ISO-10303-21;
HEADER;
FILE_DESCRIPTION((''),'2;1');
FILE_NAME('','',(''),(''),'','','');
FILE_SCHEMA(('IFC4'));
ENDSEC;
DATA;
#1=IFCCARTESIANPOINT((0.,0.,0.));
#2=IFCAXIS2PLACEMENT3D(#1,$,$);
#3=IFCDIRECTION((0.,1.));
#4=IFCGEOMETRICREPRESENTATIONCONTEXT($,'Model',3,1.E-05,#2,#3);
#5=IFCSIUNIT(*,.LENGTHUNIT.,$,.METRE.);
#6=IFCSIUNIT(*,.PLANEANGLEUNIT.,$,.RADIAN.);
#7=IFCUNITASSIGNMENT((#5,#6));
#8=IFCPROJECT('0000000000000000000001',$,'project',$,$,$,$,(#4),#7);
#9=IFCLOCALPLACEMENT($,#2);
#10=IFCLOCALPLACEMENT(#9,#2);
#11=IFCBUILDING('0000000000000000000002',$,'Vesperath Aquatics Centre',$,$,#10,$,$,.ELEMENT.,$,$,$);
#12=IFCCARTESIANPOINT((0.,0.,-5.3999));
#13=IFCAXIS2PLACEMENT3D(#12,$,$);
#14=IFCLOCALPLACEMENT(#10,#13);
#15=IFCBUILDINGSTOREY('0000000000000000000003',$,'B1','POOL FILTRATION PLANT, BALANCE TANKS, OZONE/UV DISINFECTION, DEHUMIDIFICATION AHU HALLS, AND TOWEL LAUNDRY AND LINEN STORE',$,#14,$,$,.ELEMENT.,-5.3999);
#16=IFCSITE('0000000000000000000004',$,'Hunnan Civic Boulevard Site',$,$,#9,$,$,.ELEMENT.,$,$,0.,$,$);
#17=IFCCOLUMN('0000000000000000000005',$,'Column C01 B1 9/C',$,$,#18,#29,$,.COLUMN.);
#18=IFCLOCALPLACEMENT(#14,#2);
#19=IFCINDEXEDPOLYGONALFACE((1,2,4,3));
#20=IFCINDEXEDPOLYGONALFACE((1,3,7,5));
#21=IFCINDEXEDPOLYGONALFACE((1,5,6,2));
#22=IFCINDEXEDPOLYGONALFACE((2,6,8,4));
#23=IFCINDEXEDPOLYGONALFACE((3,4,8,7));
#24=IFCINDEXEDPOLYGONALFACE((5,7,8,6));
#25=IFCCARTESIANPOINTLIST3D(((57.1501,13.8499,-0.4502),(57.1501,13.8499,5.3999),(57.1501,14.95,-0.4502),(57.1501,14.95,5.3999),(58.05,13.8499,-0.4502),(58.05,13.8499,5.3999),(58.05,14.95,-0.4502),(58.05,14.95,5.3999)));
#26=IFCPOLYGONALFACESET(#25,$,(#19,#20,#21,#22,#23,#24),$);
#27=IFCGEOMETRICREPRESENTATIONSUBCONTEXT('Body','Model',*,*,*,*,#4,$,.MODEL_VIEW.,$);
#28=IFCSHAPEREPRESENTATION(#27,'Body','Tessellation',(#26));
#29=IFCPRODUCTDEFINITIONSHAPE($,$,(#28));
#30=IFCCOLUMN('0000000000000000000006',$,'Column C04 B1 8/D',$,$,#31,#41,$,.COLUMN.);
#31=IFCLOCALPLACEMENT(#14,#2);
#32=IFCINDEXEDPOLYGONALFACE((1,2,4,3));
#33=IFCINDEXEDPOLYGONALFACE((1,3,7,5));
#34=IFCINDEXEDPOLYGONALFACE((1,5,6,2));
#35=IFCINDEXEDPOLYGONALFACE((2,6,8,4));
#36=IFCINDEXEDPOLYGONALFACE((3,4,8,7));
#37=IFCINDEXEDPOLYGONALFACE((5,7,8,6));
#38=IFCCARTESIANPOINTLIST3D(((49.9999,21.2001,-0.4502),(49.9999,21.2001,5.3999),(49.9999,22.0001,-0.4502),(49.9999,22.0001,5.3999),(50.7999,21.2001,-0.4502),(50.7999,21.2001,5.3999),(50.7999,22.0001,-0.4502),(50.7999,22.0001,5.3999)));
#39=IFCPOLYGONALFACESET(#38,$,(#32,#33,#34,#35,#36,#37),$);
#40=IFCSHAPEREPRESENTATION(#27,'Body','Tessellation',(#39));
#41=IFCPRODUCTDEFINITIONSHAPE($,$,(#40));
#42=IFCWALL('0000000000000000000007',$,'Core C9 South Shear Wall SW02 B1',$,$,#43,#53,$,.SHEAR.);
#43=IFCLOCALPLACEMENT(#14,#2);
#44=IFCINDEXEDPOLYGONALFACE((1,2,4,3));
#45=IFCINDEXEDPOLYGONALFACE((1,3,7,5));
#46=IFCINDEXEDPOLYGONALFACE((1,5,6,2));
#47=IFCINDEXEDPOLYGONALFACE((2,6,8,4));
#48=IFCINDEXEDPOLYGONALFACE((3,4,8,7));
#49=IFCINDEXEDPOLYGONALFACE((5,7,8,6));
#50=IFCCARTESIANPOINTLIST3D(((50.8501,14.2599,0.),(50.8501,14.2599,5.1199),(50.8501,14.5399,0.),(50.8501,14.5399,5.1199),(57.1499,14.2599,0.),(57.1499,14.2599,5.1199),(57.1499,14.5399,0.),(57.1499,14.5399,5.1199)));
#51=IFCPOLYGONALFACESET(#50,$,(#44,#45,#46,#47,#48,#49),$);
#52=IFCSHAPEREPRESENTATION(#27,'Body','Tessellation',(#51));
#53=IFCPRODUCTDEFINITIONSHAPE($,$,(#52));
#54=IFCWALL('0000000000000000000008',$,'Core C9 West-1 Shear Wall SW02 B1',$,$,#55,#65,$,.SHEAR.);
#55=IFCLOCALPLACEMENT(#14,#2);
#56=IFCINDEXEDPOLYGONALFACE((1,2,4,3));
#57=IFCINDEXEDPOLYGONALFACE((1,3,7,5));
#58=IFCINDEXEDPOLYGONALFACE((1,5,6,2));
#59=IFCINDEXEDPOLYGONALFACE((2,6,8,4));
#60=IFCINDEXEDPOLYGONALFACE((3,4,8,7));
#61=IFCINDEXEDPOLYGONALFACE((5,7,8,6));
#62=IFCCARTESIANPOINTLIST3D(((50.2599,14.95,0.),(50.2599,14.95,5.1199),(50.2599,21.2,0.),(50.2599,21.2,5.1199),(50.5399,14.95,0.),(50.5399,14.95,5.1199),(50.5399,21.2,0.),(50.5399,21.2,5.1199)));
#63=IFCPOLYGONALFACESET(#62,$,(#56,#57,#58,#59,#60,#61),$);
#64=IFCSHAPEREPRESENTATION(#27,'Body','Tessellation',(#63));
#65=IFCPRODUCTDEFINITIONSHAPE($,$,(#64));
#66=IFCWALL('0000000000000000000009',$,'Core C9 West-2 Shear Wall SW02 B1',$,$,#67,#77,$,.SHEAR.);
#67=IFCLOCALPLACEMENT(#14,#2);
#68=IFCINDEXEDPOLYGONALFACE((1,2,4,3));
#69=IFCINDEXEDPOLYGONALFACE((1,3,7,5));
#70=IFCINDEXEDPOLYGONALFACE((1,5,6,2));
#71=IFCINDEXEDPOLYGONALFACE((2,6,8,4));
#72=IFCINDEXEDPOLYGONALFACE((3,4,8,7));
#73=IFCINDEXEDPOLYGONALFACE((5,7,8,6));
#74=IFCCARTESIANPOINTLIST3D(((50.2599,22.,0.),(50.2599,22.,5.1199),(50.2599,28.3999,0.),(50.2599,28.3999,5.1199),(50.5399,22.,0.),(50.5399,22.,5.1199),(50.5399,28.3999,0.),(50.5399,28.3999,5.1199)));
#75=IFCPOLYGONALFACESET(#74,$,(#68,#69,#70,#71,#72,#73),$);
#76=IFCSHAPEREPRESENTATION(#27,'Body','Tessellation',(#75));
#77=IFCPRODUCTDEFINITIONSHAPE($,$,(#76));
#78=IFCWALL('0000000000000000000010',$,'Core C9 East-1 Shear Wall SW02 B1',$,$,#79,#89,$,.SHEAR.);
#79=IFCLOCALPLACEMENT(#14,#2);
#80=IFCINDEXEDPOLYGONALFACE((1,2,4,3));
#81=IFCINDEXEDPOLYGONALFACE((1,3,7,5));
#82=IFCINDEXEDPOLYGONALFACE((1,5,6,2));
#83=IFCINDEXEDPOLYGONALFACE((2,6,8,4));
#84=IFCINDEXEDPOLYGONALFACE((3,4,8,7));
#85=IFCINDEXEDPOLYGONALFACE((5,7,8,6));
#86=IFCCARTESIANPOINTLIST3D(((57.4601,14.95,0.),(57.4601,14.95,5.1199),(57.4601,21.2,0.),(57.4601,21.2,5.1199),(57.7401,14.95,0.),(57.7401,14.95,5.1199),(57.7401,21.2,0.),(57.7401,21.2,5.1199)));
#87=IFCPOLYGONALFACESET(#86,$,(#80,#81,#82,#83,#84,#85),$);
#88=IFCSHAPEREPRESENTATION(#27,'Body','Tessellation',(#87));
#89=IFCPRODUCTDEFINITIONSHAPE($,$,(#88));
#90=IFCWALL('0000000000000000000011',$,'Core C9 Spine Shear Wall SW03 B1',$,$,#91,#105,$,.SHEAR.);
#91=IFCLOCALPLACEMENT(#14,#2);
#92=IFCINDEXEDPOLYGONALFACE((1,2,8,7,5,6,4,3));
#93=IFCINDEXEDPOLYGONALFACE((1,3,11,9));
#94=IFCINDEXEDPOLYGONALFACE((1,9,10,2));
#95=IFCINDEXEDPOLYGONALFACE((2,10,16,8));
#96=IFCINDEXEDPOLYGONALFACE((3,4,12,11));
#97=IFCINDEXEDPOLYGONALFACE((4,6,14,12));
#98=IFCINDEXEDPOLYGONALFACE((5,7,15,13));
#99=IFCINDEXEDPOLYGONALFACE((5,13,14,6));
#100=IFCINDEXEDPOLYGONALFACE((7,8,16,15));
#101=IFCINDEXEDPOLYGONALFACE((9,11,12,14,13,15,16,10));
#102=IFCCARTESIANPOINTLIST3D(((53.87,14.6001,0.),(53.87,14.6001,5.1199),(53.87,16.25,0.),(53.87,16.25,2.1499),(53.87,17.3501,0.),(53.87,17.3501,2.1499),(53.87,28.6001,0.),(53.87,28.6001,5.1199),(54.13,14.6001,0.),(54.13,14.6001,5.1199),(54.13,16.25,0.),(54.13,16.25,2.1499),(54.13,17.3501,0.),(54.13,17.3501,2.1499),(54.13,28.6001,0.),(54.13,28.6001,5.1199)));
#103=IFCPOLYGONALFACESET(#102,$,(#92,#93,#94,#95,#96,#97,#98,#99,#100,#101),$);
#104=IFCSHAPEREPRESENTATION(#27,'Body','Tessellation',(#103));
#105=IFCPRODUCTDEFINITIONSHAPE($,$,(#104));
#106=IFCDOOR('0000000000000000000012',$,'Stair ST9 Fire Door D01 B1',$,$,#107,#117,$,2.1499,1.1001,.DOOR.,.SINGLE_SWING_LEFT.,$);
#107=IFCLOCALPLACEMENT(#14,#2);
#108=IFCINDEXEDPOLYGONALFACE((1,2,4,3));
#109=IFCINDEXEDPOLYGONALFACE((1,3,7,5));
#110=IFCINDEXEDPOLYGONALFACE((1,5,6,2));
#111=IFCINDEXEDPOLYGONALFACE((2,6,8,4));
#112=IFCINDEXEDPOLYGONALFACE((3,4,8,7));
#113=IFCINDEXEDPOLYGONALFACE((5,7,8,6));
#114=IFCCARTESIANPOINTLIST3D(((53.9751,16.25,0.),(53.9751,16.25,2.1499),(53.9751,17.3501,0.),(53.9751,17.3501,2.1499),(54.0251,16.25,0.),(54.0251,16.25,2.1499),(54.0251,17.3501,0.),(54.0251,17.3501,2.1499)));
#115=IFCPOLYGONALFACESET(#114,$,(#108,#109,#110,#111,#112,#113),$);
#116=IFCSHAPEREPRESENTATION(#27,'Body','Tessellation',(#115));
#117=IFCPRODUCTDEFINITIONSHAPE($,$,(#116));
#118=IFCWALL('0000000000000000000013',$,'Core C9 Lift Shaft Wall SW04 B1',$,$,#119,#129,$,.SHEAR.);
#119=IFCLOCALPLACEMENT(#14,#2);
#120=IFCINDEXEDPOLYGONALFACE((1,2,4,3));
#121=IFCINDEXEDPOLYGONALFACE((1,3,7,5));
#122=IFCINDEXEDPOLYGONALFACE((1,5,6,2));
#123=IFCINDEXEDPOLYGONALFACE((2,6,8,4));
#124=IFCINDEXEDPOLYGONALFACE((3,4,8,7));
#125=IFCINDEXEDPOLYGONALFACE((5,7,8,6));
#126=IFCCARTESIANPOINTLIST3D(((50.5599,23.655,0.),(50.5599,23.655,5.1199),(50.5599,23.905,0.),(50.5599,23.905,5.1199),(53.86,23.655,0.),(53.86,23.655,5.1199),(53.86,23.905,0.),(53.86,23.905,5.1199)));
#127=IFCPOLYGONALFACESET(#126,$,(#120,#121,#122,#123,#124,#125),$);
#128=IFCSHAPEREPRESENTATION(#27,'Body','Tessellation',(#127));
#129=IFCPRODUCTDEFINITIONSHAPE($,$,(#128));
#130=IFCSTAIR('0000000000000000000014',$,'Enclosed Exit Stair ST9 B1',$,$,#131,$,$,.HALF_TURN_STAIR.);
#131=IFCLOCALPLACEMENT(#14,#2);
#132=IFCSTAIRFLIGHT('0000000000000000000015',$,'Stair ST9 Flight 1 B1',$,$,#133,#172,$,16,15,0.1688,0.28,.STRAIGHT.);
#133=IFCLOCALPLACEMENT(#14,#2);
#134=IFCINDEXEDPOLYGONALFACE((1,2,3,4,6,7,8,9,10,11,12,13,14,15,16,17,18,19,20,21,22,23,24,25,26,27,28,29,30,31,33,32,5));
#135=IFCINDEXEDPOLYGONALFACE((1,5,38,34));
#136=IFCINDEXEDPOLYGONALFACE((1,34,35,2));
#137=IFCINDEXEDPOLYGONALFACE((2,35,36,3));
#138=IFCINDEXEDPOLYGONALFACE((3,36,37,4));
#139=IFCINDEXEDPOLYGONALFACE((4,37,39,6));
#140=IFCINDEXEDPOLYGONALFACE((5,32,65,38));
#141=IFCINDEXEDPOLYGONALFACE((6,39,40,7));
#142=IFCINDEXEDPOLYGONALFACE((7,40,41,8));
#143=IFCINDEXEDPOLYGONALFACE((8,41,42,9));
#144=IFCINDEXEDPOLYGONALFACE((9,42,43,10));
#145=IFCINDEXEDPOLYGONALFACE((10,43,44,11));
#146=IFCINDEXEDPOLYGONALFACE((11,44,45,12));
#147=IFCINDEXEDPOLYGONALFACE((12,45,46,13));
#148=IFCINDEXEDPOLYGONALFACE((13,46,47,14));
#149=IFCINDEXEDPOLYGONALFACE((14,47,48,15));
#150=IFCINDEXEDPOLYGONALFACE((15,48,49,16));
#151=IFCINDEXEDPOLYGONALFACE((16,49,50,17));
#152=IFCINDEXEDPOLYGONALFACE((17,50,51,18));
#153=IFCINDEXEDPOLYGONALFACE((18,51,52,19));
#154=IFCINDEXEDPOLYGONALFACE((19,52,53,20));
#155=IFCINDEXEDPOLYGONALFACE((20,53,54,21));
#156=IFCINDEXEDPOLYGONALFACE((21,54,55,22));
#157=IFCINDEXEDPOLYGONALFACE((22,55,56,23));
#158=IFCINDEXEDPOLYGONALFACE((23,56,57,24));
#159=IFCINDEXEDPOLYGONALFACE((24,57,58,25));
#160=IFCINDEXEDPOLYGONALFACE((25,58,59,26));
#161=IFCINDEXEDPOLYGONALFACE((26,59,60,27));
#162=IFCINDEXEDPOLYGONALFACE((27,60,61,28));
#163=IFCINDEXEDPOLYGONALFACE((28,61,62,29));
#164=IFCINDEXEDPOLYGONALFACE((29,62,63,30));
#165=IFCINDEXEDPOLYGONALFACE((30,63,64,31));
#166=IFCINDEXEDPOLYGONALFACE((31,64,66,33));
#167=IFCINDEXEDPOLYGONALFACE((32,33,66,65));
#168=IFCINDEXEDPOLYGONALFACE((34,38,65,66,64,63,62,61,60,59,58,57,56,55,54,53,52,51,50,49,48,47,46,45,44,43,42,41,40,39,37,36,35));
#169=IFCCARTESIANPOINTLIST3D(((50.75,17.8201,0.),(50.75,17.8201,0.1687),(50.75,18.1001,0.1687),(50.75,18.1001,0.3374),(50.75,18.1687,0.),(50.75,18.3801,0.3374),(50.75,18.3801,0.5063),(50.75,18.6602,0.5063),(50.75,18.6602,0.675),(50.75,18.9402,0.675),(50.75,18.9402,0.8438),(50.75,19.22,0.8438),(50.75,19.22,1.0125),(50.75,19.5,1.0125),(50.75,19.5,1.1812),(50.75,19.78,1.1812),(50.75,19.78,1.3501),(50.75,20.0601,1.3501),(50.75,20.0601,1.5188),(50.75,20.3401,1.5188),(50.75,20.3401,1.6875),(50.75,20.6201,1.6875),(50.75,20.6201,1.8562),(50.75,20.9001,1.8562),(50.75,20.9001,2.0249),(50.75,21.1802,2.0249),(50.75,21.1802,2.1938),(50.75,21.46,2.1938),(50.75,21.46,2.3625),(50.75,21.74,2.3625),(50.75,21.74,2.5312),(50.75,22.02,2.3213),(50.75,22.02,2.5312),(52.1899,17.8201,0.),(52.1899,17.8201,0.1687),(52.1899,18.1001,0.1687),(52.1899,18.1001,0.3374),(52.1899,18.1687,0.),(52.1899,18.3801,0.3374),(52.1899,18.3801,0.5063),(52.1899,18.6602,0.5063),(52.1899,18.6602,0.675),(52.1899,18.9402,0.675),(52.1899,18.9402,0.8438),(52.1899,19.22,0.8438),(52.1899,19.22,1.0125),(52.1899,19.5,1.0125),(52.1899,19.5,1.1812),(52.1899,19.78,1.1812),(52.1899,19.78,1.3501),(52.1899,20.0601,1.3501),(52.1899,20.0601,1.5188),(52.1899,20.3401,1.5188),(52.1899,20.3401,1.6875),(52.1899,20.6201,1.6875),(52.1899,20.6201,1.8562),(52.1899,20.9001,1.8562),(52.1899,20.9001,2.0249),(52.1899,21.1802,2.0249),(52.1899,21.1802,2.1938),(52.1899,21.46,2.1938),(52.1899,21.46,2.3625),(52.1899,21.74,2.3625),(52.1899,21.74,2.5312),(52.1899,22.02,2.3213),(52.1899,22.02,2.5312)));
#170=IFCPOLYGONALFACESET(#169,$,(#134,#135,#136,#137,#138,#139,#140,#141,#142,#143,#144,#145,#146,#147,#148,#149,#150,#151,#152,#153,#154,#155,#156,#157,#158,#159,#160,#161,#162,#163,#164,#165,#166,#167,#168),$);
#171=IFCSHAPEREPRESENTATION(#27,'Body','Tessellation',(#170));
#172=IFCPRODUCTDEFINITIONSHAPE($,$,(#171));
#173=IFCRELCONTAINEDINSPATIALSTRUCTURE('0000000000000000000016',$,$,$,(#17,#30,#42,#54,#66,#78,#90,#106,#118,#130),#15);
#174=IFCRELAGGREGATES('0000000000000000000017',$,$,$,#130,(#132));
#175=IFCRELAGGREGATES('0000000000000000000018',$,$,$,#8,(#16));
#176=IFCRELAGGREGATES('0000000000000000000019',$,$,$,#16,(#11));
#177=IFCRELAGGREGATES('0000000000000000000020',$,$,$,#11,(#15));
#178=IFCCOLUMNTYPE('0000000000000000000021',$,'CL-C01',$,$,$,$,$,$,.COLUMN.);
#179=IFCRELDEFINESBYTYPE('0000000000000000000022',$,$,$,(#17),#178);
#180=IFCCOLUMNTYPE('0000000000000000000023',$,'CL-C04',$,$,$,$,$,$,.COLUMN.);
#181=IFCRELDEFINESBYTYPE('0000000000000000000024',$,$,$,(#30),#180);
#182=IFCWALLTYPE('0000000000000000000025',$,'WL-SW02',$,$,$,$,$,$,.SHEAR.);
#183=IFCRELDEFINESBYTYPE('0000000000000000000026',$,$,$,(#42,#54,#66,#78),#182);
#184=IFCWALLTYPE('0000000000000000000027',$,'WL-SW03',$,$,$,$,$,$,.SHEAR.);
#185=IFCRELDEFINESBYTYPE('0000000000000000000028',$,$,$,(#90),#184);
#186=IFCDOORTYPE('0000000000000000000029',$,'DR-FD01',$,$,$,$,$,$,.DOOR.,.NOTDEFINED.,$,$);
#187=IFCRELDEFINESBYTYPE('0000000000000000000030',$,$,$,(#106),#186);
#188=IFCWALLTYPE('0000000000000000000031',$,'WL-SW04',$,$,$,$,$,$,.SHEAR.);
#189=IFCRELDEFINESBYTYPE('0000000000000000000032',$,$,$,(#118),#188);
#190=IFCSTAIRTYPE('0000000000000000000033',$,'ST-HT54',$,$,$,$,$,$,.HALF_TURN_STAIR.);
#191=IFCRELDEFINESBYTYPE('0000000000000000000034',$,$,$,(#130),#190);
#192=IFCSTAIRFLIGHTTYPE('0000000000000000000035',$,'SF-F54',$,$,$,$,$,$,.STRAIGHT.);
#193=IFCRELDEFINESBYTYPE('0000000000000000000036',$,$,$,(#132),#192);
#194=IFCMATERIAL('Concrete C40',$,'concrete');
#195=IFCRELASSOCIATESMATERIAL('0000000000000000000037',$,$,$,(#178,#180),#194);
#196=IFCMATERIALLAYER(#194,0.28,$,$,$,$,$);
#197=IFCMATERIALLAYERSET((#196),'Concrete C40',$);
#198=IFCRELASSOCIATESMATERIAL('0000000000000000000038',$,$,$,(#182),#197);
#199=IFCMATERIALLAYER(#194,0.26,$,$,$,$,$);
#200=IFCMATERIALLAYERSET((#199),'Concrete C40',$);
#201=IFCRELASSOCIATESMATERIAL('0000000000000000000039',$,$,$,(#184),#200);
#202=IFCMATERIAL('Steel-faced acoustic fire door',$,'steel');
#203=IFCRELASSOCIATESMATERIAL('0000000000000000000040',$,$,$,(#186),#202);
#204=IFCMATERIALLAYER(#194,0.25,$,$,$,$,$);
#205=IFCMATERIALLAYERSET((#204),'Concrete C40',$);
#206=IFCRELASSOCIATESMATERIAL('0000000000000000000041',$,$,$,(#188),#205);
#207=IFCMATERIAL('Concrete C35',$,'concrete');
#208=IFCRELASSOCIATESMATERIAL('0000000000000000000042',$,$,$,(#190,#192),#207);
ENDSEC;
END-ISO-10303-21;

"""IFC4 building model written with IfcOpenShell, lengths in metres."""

from ifc_helpers import new_model, si_unit, direction, frame, frame_2d, origin, origin_2d, place, context, subcontext, project, spatial, polyline, rectangle, outline, extrude, material, layer, layer_set, material_profile, profile_set, type_object, element, fill, aggregate, save


model = new_model("IFC4")

# Units and contexts
model_context = context("Model", 3, precision=1e-05, world=origin(), true_north=direction((0.0, 1.0)))
body_context = subcontext(model_context, "Body", "Model", "MODEL_VIEW")
ifc_project = project(units=[si_unit("LENGTHUNIT", "METRE"), si_unit("PLANEANGLEUNIT", "RADIAN")], contexts=[model_context])

# Site, building, storey
site_placement = place(None, origin())
site = spatial("IfcSite", under=ifc_project, at=site_placement, Name="Hunnan Civic Boulevard Site", CompositionType="ELEMENT", RefElevation=0.0)
building_placement = place(site_placement, origin())
building = spatial("IfcBuilding", under=site, at=building_placement, Name="Vesperath Aquatics Centre", CompositionType="ELEMENT")
storey_placement = place(building_placement, frame((0.0, 0.0, -5.3999)))
storey = spatial("IfcBuildingStorey", under=building, at=storey_placement, Name="B1", Description="POOL FILTRATION PLANT, BALANCE TANKS, OZONE/UV DISINFECTION, DEHUMIDIFICATION AHU HALLS, AND TOWEL LAUNDRY AND LINEN STORE", CompositionType="ELEMENT", Elevation=-5.3999)

# Shared definitions
ifc_material_1 = material(Name="Concrete C40", Category="concrete")

# Shared definitions
ifc_material_2 = material(Name="Concrete C35", Category="concrete")

# Columns
ifc_material_profile_1 = material_profile(ifc_material_1, rectangle(XDim=0.8999, YDim=1.1001, at=origin_2d()), Name="RC 1100x900")
ifc_profile_set_1 = profile_set([ifc_material_profile_1], Name="Concrete C40")
column_type_1 = type_object("IfcColumnType", Name="CL-C01", PredefinedType="COLUMN", material=ifc_profile_set_1)
for number, where, z_axis, x_axis, name in (
    (1, (57.6001, 14.3999, -0.4502), (0.0, 0.0, 1.0), (1.0, 0.0, 0.0), "Column C01 B1 9/C"),
):
    element("IfcColumn", number, at=place(storey_placement, frame(where, z_axis=z_axis, x_axis=x_axis)), inside=storey, type_object=column_type_1, Name=name, PredefinedType="COLUMN", context=body_context, shape_type="SweptSolid", body=[
        extrude(rectangle(XDim=0.8999, YDim=1.1001, at=origin_2d()), origin(), (0.0, 0.0, 1.0), 5.8501),
    ])
ifc_material_profile_2 = material_profile(ifc_material_1, rectangle(XDim=0.8, YDim=0.8, at=origin_2d()), Name="RC 800x800")
ifc_profile_set_2 = profile_set([ifc_material_profile_2], Name="Concrete C40")
column_type_2 = type_object("IfcColumnType", Name="CL-C04", PredefinedType="COLUMN", material=ifc_profile_set_2)
column_placement = place(storey_placement, frame((50.3999, 21.6001, -0.4502), z_axis=(0.0, 0.0, 1.0), x_axis=(1.0, 0.0, 0.0)))
element("IfcColumn", 2, at=column_placement, inside=storey, type_object=column_type_2, Name="Column C04 B1 8/D", PredefinedType="COLUMN", context=body_context, shape_type="SweptSolid", body=[
    extrude(rectangle(XDim=0.8, YDim=0.8, at=origin_2d()), origin(), (0.0, 0.0, 1.0), 5.8501),
])

# Walls
ifc_layer_1 = layer(ifc_material_1, 0.28)
ifc_layer_set_1 = layer_set([ifc_layer_1], Name="Concrete C40")
wall_type_1 = type_object("IfcWallType", Name="WL-SW02", PredefinedType="SHEAR", material=ifc_layer_set_1)
wall_1_placement = place(storey_placement, frame((50.8501, 14.3999, 0.0), z_axis=(0.0, 0.0, 1.0), x_axis=(1.0, 0.0, 0.0)))
element("IfcWall", 3, at=wall_1_placement, inside=storey, type_object=wall_type_1, Name="Core C9 South Shear Wall SW02 B1", PredefinedType="SHEAR", context=body_context, shape_type="SweptSolid", body=[
    extrude(rectangle(XDim=6.2998, YDim=0.28, at=frame_2d((3.1499, 0.0))), origin(), (0.0, 0.0, 1.0), 5.1199),
])
wall_2_placement = place(storey_placement, frame((50.3999, 14.95, 0.0), z_axis=(0.0, 0.0, 1.0), x_axis=(0.0, 1.0, 0.0)))
element("IfcWall", 4, at=wall_2_placement, inside=storey, type_object=wall_type_1, Name="Core C9 West-1 Shear Wall SW02 B1", PredefinedType="SHEAR", context=body_context, shape_type="SweptSolid", body=[
    extrude(rectangle(XDim=6.25, YDim=0.28, at=frame_2d((3.125, 0.0))), origin(), (0.0, 0.0, 1.0), 5.1199),
])
wall_3_placement = place(storey_placement, frame((50.3999, 22.0, 0.0), z_axis=(0.0, 0.0, 1.0), x_axis=(0.0, 1.0, 0.0)))
element("IfcWall", 5, at=wall_3_placement, inside=storey, type_object=wall_type_1, Name="Core C9 West-2 Shear Wall SW02 B1", PredefinedType="SHEAR", context=body_context, shape_type="SweptSolid", body=[
    extrude(rectangle(XDim=6.3999, YDim=0.28, at=frame_2d((3.2, 0.0))), origin(), (0.0, 0.0, 1.0), 5.1199),
])
wall_4_placement = place(storey_placement, frame((57.6001, 14.95, 0.0), z_axis=(0.0, 0.0, 1.0), x_axis=(0.0, 1.0, 0.0)))
element("IfcWall", 6, at=wall_4_placement, inside=storey, type_object=wall_type_1, Name="Core C9 East-1 Shear Wall SW02 B1", PredefinedType="SHEAR", context=body_context, shape_type="SweptSolid", body=[
    extrude(rectangle(XDim=6.25, YDim=0.28, at=frame_2d((3.125, 0.0))), origin(), (0.0, 0.0, 1.0), 5.1199),
])

# Wall, opening, door
ifc_layer_2 = layer(ifc_material_1, 0.26)
ifc_layer_set_2 = layer_set([ifc_layer_2], Name="Concrete C40")
wall_type_2 = type_object("IfcWallType", Name="WL-SW03", PredefinedType="SHEAR", material=ifc_layer_set_2)
wall_5_placement = place(storey_placement, frame((54.0, 14.6001, 0.0), z_axis=(0.0, 0.0, 1.0), x_axis=(0.0, 1.0, 0.0)))
wall_5 = element("IfcWall", 7, at=wall_5_placement, inside=storey, type_object=wall_type_2, Name="Core C9 Spine Shear Wall SW03 B1", PredefinedType="SHEAR", context=body_context, shape_type="SweptSolid", body=[
    extrude(rectangle(XDim=14.0, YDim=0.26, at=frame_2d((7.0, 0.0))), origin(), (0.0, 0.0, 1.0), 5.1199),
])
opening_placement = place(wall_5_placement, frame((1.6499, 0.0, 0.0)))
opening = element("IfcOpeningElement", 8, at=opening_placement, cuts=wall_5, PredefinedType="OPENING", context=body_context, shape_type="SweptSolid", body=[
    extrude(rectangle(XDim=1.1001, YDim=2.1499, at=frame_2d((0.55, 1.075))), frame((0.0, 0.145, 0.0), z_axis=(0.0, -1.0, 0.0), x_axis=(1.0, 0.0, 0.0)), (0.0, 0.0, 1.0), 0.2898),
])
ifc_material_3 = material(Name="Steel-faced acoustic fire door", Category="steel")
door_type = type_object("IfcDoorType", Name="DR-FD01", OperationType="NOTDEFINED", PredefinedType="DOOR", material=ifc_material_3)
door_placement = place(opening_placement, origin())
door = element("IfcDoor", 9, at=door_placement, inside=storey, type_object=door_type, Name="Stair ST9 Fire Door D01 B1", OperationType="SINGLE_SWING_LEFT", OverallHeight=2.1499, OverallWidth=1.1001, PredefinedType="DOOR", context=body_context, shape_type="SweptSolid", body=[
    extrude(rectangle(XDim=1.1001, YDim=2.1499, at=frame_2d((0.55, 1.075))), frame((0.0, 0.0249, 0.0), z_axis=(0.0, -1.0, 0.0), x_axis=(1.0, 0.0, 0.0)), (0.0, 0.0, 1.0), 0.05),
])
fill(opening, door)

# Wall
ifc_layer_3 = layer(ifc_material_1, 0.25)
ifc_layer_set_3 = layer_set([ifc_layer_3], Name="Concrete C40")
wall_type_3 = type_object("IfcWallType", Name="WL-SW04", PredefinedType="SHEAR", material=ifc_layer_set_3)
wall_6_placement = place(storey_placement, frame((50.5601, 23.78, 0.0), z_axis=(0.0, 0.0, 1.0), x_axis=(1.0, 0.0, 0.0)))
element("IfcWall", 10, at=wall_6_placement, inside=storey, type_object=wall_type_3, Name="Core C9 Lift Shaft Wall SW04 B1", PredefinedType="SHEAR", context=body_context, shape_type="SweptSolid", body=[
    extrude(rectangle(XDim=3.3, YDim=0.25, at=frame_2d((1.6499, 0.0))), origin(), (0.0, 0.0, 1.0), 5.1199),
])

# Stair, stair flight
stair_type = type_object("IfcStairType", Name="ST-HT54", PredefinedType="HALF_TURN_STAIR", material=ifc_material_2)
stair_placement = place(storey_placement, origin())
stair = element("IfcStair", 11, at=stair_placement, inside=storey, type_object=stair_type, Name="Enclosed Exit Stair ST9 B1", PredefinedType="HALF_TURN_STAIR")
stair_flight_type = type_object("IfcStairFlightType", Name="SF-F54", PredefinedType="STRAIGHT", material=ifc_material_2)
stair_flight_1_placement = place(storey_placement, frame((51.47, 17.8201, 0.0), z_axis=(0.0, 0.0, 1.0), x_axis=(0.0, 1.0, 0.0)))
stair_flight_1 = element("IfcStairFlight", 12, at=stair_flight_1_placement, type_object=stair_flight_type, Name="Stair ST9 Flight 1 B1", NumberOfRisers=16, NumberOfTreads=15, PredefinedType="STRAIGHT", RiserHeight=0.1688, TreadLength=0.28, context=body_context, shape_type="SweptSolid", body=[
    extrude(outline(polyline([(0.0, 0.0), (0.0, 0.1687), (0.28, 0.1687), (0.28, 0.3374), (0.5601, 0.3374), (0.5601, 0.5063), (0.8401, 0.5063), (0.8401, 0.675), (1.1201, 0.675), (1.1201, 0.8438), (1.3999, 0.8438), (1.3999, 1.0125), (1.6799, 1.0125), (1.6799, 1.1812), (1.96, 1.1812), (1.96, 1.3501), (2.24, 1.3501), (2.24, 1.5188), (2.52, 1.5188), (2.52, 1.6875), (2.8, 1.6875), (2.8, 1.8562), (3.0801, 1.8562), (3.0801, 2.0249), (3.3601, 2.0249), (3.3601, 2.1938), (3.6399, 2.1938), (3.6399, 2.3625), (3.9199, 2.3625), (3.9199, 2.5312), (4.2, 2.5312), (4.2, 2.7), (4.2, 2.3213), (0.3486, 0.0), (0.0, 0.0)])), frame((0.0, 0.72, 0.0), z_axis=(0.0, -1.0, 0.0), x_axis=(1.0, 0.0, 0.0)), (0.0, 0.0, 1.0), 1.4399),
])
aggregate(stair, [stair_flight_1])

save(model, "model.ifc")
